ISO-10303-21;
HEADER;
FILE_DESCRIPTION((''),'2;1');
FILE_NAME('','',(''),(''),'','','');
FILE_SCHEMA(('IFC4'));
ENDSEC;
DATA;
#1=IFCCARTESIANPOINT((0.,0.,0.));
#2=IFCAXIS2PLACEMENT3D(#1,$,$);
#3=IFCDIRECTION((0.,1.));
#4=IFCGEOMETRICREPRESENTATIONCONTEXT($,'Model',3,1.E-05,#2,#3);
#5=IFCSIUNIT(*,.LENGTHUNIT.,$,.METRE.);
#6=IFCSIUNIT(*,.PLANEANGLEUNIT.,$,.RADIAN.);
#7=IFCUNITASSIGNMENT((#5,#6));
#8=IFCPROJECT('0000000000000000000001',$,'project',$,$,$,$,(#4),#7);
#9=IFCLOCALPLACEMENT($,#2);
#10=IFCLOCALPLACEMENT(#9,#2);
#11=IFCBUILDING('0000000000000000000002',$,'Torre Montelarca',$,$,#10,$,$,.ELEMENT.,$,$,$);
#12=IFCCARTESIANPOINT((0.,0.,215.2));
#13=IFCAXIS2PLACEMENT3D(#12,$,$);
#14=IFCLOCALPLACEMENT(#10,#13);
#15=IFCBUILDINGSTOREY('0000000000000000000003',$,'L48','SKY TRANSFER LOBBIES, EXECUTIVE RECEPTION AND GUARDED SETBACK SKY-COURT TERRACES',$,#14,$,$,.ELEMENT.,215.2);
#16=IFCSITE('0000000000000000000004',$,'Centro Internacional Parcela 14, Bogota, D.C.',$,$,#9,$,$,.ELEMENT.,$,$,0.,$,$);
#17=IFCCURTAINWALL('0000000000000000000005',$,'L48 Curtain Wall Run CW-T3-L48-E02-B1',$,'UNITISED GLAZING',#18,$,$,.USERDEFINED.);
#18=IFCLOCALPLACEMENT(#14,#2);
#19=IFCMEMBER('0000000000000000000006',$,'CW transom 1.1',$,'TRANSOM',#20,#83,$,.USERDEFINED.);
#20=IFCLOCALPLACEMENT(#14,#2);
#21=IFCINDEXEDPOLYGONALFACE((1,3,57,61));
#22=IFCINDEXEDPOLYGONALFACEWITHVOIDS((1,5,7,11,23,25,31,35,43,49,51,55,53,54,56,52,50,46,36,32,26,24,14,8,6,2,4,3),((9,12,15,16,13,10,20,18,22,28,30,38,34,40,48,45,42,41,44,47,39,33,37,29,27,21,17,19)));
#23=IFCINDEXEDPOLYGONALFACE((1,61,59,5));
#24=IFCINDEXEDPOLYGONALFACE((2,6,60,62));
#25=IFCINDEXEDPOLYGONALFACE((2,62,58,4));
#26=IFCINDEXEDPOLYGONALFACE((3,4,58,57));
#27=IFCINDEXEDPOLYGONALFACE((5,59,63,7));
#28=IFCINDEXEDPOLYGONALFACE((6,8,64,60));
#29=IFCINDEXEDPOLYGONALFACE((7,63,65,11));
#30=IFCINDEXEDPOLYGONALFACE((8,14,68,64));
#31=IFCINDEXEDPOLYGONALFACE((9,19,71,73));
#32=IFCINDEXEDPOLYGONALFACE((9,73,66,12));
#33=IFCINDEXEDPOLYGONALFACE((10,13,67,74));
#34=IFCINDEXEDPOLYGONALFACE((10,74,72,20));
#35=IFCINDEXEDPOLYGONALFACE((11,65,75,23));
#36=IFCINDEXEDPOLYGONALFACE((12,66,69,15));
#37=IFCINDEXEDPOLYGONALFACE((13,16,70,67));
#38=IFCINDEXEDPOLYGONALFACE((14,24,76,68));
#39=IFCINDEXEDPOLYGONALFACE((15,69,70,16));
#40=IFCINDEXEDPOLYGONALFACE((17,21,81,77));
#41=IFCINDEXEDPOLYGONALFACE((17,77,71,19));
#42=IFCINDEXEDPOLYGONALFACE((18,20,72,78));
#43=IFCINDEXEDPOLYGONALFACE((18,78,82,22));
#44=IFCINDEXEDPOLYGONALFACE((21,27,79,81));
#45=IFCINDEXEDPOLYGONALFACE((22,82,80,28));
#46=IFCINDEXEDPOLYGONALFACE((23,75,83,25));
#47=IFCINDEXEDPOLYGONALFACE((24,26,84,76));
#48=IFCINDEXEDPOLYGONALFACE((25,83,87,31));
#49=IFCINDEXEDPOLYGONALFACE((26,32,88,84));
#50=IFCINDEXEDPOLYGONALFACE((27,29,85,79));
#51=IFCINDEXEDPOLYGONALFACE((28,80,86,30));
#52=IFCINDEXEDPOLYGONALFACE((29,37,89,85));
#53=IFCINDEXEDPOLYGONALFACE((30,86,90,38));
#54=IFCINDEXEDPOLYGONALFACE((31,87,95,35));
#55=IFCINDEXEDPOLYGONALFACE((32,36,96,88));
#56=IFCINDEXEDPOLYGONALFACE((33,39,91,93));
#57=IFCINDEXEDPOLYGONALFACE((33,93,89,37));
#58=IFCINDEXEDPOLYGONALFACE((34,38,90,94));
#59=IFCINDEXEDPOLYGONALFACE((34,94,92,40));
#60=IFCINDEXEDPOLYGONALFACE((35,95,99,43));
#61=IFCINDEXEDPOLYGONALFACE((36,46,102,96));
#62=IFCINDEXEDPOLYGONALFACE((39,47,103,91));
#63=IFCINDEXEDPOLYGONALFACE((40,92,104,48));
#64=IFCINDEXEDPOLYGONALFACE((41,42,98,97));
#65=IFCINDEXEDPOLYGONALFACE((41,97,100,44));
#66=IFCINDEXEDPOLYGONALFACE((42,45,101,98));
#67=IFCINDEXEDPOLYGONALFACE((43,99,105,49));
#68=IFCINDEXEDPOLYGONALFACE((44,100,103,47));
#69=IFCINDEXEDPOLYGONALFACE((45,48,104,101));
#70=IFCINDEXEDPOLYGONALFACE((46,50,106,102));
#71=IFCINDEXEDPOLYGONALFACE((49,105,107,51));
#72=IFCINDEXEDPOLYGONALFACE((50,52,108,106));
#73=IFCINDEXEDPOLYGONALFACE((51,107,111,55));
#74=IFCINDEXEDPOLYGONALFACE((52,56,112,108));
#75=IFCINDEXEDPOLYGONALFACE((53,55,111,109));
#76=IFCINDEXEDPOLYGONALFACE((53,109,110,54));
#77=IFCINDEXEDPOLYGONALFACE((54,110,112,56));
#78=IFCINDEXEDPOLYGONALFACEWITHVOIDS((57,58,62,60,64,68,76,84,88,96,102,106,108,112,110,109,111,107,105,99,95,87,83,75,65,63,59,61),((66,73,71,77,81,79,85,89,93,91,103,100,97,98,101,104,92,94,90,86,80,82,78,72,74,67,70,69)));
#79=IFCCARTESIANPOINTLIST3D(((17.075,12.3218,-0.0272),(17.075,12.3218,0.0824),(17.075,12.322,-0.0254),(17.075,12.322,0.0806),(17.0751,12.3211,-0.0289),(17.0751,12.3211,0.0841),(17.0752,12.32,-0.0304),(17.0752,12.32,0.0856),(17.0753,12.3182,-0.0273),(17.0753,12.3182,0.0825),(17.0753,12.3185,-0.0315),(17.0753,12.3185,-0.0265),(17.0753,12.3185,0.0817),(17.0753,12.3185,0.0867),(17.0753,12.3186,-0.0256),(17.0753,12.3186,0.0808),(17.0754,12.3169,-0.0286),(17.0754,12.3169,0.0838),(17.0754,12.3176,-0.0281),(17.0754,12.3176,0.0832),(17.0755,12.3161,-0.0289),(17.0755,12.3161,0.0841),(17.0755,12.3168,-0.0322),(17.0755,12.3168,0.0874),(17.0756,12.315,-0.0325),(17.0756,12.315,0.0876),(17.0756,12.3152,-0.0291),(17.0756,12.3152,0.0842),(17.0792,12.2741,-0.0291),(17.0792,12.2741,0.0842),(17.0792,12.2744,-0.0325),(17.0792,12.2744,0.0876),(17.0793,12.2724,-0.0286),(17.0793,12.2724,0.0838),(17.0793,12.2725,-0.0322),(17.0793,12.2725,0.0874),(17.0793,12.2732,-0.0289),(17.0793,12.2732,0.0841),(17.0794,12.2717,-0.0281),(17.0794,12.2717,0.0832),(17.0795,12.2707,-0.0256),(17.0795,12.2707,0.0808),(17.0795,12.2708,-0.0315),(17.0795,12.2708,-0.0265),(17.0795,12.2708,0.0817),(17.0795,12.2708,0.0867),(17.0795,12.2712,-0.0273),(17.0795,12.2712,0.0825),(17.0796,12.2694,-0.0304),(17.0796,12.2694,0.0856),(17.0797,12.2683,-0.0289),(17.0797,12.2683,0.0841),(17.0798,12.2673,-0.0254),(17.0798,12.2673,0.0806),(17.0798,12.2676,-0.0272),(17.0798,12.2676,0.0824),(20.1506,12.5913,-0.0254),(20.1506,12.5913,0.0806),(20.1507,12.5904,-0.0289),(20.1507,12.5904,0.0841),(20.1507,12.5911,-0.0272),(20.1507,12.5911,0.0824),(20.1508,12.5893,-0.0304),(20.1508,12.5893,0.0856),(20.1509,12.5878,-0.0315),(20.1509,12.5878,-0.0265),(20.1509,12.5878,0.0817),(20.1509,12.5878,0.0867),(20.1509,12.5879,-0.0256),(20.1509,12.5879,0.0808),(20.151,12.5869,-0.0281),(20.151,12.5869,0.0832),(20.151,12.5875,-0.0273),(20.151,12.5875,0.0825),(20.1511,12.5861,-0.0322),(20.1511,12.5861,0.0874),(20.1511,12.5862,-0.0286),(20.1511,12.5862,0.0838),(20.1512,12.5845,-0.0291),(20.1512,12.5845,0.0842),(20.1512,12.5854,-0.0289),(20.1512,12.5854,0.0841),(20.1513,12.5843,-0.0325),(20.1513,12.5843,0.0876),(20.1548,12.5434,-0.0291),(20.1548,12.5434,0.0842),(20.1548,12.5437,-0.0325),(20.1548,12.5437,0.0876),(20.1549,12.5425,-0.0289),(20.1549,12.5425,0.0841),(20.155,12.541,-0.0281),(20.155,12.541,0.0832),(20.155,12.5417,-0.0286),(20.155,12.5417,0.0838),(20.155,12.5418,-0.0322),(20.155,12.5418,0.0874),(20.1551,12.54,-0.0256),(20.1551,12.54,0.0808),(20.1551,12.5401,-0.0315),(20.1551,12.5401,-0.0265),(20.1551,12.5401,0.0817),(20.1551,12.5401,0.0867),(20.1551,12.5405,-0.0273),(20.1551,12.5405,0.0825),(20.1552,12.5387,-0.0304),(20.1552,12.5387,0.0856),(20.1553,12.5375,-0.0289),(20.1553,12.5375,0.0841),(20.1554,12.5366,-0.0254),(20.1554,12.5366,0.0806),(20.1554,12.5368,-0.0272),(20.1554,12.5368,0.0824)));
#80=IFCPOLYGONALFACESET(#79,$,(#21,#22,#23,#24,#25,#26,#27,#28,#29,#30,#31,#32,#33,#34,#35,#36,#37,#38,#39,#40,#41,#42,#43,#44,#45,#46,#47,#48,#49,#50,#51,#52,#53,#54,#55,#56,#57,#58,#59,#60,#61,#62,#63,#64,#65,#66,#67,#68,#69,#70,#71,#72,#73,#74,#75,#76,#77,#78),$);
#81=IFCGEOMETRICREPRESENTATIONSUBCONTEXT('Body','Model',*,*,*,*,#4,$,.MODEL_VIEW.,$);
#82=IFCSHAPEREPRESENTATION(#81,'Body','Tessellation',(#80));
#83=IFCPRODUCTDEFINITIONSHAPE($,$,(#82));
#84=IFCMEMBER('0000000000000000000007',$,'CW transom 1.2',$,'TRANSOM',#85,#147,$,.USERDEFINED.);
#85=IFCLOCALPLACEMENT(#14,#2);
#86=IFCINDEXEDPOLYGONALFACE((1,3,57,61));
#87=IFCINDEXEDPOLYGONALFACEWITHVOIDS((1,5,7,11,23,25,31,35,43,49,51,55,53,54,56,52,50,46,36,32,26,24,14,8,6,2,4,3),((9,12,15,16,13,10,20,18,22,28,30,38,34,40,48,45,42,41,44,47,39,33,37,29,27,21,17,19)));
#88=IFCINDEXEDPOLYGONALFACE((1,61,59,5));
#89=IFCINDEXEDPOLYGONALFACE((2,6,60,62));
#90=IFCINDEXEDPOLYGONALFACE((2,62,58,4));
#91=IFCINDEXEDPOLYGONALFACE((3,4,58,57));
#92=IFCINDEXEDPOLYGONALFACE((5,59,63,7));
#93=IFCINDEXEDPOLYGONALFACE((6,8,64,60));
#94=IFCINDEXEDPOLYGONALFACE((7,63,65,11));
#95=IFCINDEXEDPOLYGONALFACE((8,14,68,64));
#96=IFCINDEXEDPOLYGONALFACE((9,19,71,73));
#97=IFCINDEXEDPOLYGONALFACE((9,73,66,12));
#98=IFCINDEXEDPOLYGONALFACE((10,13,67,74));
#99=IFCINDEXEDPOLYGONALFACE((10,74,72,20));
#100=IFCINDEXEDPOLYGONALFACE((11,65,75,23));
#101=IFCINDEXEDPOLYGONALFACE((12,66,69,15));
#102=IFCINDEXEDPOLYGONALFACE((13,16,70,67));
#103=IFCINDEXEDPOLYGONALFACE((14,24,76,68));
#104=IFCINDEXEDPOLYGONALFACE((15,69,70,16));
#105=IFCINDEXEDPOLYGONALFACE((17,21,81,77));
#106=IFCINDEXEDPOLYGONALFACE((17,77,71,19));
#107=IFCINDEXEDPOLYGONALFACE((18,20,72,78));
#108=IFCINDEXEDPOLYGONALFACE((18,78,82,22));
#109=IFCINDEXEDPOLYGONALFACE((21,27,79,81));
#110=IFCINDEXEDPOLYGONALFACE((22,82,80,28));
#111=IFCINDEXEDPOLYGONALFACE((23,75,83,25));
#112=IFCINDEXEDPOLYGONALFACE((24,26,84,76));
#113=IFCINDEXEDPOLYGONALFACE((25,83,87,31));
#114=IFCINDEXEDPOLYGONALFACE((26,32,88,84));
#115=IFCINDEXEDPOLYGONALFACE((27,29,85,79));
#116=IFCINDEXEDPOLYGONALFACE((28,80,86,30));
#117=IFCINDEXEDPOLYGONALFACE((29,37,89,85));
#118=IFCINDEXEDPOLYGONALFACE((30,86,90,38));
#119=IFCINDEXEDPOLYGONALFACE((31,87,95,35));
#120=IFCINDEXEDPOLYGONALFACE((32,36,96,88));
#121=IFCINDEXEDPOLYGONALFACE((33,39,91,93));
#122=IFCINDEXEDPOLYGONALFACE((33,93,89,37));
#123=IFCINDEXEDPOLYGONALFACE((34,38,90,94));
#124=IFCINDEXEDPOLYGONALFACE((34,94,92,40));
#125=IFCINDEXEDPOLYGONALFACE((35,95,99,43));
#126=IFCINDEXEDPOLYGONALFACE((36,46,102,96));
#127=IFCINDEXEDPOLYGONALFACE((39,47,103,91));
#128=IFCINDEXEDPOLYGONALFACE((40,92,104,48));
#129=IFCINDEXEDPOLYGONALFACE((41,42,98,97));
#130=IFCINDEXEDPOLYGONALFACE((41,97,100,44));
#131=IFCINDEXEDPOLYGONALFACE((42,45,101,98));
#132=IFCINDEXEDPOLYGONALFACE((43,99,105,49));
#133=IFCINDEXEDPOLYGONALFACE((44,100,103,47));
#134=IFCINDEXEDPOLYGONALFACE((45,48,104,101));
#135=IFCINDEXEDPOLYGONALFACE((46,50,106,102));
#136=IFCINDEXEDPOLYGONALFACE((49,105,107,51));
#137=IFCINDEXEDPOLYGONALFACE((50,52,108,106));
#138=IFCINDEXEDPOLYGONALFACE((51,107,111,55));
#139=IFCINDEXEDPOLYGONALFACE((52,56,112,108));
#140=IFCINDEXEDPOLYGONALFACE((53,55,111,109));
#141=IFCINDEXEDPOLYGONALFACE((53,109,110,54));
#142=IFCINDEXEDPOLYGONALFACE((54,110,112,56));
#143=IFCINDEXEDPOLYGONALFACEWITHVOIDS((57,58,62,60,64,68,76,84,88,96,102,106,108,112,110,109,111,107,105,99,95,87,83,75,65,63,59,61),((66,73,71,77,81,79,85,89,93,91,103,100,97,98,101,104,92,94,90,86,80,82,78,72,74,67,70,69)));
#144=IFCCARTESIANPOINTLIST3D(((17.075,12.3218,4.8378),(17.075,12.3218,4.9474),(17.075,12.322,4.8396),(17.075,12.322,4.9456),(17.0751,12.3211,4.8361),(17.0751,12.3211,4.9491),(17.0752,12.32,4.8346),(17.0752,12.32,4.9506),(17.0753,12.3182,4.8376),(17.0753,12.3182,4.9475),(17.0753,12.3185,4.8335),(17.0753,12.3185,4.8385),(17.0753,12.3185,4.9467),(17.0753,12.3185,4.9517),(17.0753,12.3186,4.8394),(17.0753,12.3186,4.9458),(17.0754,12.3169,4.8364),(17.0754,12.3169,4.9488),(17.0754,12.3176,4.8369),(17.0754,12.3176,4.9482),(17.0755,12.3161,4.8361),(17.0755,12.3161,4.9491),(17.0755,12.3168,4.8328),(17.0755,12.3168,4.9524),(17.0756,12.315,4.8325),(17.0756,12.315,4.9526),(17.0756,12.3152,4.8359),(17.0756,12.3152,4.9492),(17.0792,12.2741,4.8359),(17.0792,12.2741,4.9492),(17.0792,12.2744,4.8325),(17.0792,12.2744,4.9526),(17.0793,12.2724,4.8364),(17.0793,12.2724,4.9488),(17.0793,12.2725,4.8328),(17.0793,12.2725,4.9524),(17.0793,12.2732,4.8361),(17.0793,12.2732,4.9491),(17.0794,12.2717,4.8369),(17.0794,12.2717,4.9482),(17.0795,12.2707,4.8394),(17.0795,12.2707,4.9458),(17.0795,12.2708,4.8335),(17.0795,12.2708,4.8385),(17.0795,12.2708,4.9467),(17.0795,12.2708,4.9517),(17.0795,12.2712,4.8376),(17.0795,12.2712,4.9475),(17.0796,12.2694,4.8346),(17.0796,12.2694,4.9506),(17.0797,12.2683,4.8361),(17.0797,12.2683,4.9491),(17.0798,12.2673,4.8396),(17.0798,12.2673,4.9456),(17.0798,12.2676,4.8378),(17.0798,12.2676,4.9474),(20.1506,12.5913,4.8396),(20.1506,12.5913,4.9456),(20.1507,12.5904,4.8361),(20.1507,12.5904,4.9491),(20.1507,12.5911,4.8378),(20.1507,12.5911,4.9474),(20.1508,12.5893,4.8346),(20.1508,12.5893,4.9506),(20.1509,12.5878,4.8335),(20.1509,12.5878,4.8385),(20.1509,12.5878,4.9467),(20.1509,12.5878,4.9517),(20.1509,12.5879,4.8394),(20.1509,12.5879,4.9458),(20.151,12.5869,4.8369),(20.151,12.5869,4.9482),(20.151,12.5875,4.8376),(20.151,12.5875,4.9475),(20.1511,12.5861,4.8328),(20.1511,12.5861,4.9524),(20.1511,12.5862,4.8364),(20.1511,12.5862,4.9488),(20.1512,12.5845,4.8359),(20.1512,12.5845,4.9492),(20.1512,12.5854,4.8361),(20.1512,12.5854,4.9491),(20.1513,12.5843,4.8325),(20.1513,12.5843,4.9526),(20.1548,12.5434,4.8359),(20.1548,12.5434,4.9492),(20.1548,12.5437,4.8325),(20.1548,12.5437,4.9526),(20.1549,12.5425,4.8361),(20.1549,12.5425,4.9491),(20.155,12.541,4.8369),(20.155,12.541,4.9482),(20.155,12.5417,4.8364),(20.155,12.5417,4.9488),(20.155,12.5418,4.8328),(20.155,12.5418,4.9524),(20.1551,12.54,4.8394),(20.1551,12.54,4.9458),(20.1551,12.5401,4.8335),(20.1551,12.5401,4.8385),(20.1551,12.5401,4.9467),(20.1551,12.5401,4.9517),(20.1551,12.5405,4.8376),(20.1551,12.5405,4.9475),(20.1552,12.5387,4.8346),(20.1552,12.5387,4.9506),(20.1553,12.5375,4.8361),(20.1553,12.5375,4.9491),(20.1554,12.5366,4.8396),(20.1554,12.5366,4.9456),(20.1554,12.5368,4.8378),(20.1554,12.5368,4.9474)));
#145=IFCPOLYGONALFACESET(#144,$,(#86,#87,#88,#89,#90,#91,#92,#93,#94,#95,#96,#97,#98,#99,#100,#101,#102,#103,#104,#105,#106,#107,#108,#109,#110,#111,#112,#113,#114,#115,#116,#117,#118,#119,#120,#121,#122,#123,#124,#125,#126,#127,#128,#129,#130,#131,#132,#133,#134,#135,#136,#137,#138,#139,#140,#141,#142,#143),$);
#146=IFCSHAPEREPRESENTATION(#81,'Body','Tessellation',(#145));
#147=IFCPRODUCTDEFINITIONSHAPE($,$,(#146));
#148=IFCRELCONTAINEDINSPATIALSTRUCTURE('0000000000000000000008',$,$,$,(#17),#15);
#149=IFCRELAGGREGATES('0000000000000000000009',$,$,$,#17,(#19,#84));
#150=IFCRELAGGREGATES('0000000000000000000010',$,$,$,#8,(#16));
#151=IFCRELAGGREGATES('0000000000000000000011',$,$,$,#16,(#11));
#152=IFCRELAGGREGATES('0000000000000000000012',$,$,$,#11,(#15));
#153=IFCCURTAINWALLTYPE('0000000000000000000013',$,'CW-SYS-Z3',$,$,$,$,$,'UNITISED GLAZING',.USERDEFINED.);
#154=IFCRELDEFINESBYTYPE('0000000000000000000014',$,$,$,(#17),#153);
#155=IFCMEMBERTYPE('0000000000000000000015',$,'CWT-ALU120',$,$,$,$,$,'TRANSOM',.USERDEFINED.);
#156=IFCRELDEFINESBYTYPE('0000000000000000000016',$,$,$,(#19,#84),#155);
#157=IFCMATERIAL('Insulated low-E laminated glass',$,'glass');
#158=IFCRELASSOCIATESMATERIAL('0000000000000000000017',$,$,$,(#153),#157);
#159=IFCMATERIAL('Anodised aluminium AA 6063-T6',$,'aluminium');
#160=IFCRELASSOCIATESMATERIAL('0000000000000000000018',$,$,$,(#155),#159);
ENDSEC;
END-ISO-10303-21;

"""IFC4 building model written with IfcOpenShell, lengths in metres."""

from ifc_helpers import new_model, si_unit, direction, frame, origin, origin_2d, place, context, subcontext, project, spatial, hollow_rectangle, extrude, source, transform, mapped, material, material_profile, profile_set, type_object, element, aggregate, save


model = new_model("IFC4")

# Units and contexts
model_context = context("Model", 3, precision=1e-05, world=origin(), true_north=direction((0.0, 1.0)))
body_context = subcontext(model_context, "Body", "Model", "MODEL_VIEW")
ifc_project = project(units=[si_unit("LENGTHUNIT", "METRE"), si_unit("PLANEANGLEUNIT", "RADIAN")], contexts=[model_context])

# Site, building, storey
site_placement = place(None, origin())
site = spatial("IfcSite", under=ifc_project, at=site_placement, Name="Centro Internacional Parcela 14, Bogota, D.C.", CompositionType="ELEMENT", RefElevation=0.0)
building_placement = place(site_placement, origin())
building = spatial("IfcBuilding", under=site, at=building_placement, Name="Torre Montelarca", CompositionType="ELEMENT")
storey_placement = place(building_placement, frame((0.0, 0.0, 215.2)))
storey = spatial("IfcBuildingStorey", under=building, at=storey_placement, Name="L48", Description="SKY TRANSFER LOBBIES, EXECUTIVE RECEPTION AND GUARDED SETBACK SKY-COURT TERRACES", CompositionType="ELEMENT", Elevation=215.2)

# Curtain wall
ifc_material_1 = material(Name="Insulated low-E laminated glass", Category="glass")
curtain_wall_type = type_object("IfcCurtainWallType", Name="CW-SYS-Z3", ElementType="UNITISED GLAZING", PredefinedType="USERDEFINED", material=ifc_material_1)
ifc_material_2 = material(Name="Anodised aluminium AA 6063-T6", Category="aluminium")
curtain_wall_1_placement = place(storey_placement, origin())
curtain_wall_1 = element("IfcCurtainWall", 1, at=curtain_wall_1_placement, inside=storey, type_object=curtain_wall_type, Name="L48 Curtain Wall Run CW-T3-L48-E02-B1", ObjectType="UNITISED GLAZING", PredefinedType="USERDEFINED")

# Members
ifc_material_profile_1 = material_profile(ifc_material_2, hollow_rectangle(XDim=0.0549, YDim=0.1201, WallThickness=0.0034, InnerFilletRadius=0.0034, OuterFilletRadius=0.0071, at=origin_2d()), Name="ALU55X120X3.5", Category="aluminium")
ifc_profile_set_1 = profile_set([ifc_material_profile_1], Name="Anodised aluminium AA 6063-T6")
member_type_1 = type_object("IfcMemberType", Name="CWT-ALU120", ElementType="TRANSOM", PredefinedType="USERDEFINED", material=ifc_profile_set_1)
shared_shape_1 = source(origin(), body_context, "Body", "SweptSolid", [
    extrude(hollow_rectangle(XDim=0.0549, YDim=0.1201, WallThickness=0.0034, InnerFilletRadius=0.0034, OuterFilletRadius=0.0071, at=origin_2d()), origin(), (0.0, 0.0, 1.0), 3.0874),
])
member_1_placement = place(storey_placement, frame((17.0774, 12.2947, 0.0276), z_axis=(0.996189, 0.08722, 0.0), x_axis=(-0.08722, 0.996189, 0.0)))
member_1 = element("IfcMember", 2, at=member_1_placement, type_object=member_type_1, Name="CW transom 1.1", ObjectType="TRANSOM", PredefinedType="USERDEFINED", context=body_context, shape_type="MappedRepresentation", body=[
    mapped(shared_shape_1, transform((0.0, 0.0, 0.0), scale=1.0)),
])
member_2_placement = place(storey_placement, frame((17.0774, 12.2947, 4.8926), z_axis=(0.996189, 0.08722, 0.0), x_axis=(-0.08722, 0.996189, 0.0)))
member_2 = element("IfcMember", 3, at=member_2_placement, type_object=member_type_1, Name="CW transom 1.2", ObjectType="TRANSOM", PredefinedType="USERDEFINED", context=body_context, shape_type="MappedRepresentation", body=[
    mapped(shared_shape_1, transform((0.0, 0.0, 0.0), scale=1.0)),
])

aggregate(curtain_wall_1, [member_1, member_2])

save(model, "model.ifc")
